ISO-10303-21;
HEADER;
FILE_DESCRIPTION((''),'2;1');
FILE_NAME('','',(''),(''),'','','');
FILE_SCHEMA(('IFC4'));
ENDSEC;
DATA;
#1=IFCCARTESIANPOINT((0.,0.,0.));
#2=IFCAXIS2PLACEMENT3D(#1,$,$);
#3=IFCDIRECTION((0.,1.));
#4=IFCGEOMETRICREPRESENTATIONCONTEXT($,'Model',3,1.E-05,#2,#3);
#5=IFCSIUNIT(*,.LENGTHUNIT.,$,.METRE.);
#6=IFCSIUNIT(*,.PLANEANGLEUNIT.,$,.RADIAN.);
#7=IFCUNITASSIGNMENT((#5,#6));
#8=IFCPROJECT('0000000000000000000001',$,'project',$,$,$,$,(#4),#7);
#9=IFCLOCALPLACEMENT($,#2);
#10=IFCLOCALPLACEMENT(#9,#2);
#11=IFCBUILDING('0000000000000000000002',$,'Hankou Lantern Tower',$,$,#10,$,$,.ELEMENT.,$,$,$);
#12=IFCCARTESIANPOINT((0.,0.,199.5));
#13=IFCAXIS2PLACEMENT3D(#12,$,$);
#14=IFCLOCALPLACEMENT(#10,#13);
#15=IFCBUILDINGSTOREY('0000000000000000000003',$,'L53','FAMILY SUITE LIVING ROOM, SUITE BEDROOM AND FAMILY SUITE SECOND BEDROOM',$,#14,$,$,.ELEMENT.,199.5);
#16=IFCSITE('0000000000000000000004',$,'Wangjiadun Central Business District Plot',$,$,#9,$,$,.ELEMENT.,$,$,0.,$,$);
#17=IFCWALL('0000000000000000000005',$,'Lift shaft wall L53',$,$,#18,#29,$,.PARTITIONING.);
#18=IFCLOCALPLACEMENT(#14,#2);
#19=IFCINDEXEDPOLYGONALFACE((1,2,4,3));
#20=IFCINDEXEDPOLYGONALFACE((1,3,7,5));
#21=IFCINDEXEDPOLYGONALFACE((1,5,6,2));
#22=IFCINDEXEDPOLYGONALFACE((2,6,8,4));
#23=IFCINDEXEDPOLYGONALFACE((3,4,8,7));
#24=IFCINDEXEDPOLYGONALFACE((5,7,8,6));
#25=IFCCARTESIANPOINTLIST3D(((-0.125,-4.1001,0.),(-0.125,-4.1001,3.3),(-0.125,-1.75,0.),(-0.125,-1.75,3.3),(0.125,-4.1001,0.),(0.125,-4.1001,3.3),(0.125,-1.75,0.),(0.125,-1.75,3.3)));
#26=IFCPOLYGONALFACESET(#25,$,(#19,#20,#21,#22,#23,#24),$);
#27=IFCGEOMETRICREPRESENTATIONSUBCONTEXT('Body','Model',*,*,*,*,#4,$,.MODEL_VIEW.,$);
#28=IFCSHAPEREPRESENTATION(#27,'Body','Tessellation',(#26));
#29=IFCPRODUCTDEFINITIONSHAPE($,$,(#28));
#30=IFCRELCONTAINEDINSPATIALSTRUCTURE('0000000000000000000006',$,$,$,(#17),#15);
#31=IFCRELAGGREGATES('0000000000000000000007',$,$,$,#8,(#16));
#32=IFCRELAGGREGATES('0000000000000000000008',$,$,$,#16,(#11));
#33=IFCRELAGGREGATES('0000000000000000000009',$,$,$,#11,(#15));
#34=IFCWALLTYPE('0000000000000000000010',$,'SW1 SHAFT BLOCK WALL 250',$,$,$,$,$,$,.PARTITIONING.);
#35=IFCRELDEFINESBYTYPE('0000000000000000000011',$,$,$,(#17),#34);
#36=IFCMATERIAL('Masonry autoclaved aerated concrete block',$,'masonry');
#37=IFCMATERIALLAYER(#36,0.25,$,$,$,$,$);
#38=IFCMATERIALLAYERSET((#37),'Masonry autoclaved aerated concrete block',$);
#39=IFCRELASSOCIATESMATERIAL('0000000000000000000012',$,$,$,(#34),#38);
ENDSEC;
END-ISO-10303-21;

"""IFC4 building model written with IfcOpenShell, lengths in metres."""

from ifc_helpers import new_model, si_unit, direction, frame, frame_2d, origin, place, context, subcontext, project, spatial, rectangle, extrude, material, layer, layer_set, type_object, element, save


model = new_model("IFC4")

# Units and contexts
model_context = context("Model", 3, precision=1e-05, world=origin(), true_north=direction((0.0, 1.0)))
body_context = subcontext(model_context, "Body", "Model", "MODEL_VIEW")
ifc_project = project(units=[si_unit("LENGTHUNIT", "METRE"), si_unit("PLANEANGLEUNIT", "RADIAN")], contexts=[model_context])

# Site, building, storey
site_placement = place(None, origin())
site = spatial("IfcSite", under=ifc_project, at=site_placement, Name="Wangjiadun Central Business District Plot", CompositionType="ELEMENT", RefElevation=0.0)
building_placement = place(site_placement, origin())
building = spatial("IfcBuilding", under=site, at=building_placement, Name="Hankou Lantern Tower", CompositionType="ELEMENT")
storey_placement = place(building_placement, frame((0.0, 0.0, 199.5)))
storey = spatial("IfcBuildingStorey", under=building, at=storey_placement, Name="L53", Description="FAMILY SUITE LIVING ROOM, SUITE BEDROOM AND FAMILY SUITE SECOND BEDROOM", CompositionType="ELEMENT", Elevation=199.5)

# Wall
ifc_material_1 = material(Name="Masonry autoclaved aerated concrete block", Category="masonry")
ifc_layer_1 = layer(ifc_material_1, 0.25)
ifc_layer_set_1 = layer_set([ifc_layer_1], Name="Masonry autoclaved aerated concrete block")
wall_type_1 = type_object("IfcWallType", Name="SW1 SHAFT BLOCK WALL 250", PredefinedType="PARTITIONING", material=ifc_layer_set_1)
for number, where, z_axis, x_axis, name in (
    (1, (0.0, -4.1001, 0.0), (0.0, 0.0, 1.0), (0.0, 1.0, 0.0), "Lift shaft wall L53"),
):
    element("IfcWall", number, at=place(storey_placement, frame(where, z_axis=z_axis, x_axis=x_axis)), inside=storey, type_object=wall_type_1, Name=name, PredefinedType="PARTITIONING", context=body_context, shape_type="SweptSolid", body=[
        extrude(rectangle(XDim=2.3501, YDim=0.25, at=frame_2d((1.175, 0.0))), origin(), (0.0, 0.0, 1.0), 3.3),
    ])

save(model, "model.ifc")
